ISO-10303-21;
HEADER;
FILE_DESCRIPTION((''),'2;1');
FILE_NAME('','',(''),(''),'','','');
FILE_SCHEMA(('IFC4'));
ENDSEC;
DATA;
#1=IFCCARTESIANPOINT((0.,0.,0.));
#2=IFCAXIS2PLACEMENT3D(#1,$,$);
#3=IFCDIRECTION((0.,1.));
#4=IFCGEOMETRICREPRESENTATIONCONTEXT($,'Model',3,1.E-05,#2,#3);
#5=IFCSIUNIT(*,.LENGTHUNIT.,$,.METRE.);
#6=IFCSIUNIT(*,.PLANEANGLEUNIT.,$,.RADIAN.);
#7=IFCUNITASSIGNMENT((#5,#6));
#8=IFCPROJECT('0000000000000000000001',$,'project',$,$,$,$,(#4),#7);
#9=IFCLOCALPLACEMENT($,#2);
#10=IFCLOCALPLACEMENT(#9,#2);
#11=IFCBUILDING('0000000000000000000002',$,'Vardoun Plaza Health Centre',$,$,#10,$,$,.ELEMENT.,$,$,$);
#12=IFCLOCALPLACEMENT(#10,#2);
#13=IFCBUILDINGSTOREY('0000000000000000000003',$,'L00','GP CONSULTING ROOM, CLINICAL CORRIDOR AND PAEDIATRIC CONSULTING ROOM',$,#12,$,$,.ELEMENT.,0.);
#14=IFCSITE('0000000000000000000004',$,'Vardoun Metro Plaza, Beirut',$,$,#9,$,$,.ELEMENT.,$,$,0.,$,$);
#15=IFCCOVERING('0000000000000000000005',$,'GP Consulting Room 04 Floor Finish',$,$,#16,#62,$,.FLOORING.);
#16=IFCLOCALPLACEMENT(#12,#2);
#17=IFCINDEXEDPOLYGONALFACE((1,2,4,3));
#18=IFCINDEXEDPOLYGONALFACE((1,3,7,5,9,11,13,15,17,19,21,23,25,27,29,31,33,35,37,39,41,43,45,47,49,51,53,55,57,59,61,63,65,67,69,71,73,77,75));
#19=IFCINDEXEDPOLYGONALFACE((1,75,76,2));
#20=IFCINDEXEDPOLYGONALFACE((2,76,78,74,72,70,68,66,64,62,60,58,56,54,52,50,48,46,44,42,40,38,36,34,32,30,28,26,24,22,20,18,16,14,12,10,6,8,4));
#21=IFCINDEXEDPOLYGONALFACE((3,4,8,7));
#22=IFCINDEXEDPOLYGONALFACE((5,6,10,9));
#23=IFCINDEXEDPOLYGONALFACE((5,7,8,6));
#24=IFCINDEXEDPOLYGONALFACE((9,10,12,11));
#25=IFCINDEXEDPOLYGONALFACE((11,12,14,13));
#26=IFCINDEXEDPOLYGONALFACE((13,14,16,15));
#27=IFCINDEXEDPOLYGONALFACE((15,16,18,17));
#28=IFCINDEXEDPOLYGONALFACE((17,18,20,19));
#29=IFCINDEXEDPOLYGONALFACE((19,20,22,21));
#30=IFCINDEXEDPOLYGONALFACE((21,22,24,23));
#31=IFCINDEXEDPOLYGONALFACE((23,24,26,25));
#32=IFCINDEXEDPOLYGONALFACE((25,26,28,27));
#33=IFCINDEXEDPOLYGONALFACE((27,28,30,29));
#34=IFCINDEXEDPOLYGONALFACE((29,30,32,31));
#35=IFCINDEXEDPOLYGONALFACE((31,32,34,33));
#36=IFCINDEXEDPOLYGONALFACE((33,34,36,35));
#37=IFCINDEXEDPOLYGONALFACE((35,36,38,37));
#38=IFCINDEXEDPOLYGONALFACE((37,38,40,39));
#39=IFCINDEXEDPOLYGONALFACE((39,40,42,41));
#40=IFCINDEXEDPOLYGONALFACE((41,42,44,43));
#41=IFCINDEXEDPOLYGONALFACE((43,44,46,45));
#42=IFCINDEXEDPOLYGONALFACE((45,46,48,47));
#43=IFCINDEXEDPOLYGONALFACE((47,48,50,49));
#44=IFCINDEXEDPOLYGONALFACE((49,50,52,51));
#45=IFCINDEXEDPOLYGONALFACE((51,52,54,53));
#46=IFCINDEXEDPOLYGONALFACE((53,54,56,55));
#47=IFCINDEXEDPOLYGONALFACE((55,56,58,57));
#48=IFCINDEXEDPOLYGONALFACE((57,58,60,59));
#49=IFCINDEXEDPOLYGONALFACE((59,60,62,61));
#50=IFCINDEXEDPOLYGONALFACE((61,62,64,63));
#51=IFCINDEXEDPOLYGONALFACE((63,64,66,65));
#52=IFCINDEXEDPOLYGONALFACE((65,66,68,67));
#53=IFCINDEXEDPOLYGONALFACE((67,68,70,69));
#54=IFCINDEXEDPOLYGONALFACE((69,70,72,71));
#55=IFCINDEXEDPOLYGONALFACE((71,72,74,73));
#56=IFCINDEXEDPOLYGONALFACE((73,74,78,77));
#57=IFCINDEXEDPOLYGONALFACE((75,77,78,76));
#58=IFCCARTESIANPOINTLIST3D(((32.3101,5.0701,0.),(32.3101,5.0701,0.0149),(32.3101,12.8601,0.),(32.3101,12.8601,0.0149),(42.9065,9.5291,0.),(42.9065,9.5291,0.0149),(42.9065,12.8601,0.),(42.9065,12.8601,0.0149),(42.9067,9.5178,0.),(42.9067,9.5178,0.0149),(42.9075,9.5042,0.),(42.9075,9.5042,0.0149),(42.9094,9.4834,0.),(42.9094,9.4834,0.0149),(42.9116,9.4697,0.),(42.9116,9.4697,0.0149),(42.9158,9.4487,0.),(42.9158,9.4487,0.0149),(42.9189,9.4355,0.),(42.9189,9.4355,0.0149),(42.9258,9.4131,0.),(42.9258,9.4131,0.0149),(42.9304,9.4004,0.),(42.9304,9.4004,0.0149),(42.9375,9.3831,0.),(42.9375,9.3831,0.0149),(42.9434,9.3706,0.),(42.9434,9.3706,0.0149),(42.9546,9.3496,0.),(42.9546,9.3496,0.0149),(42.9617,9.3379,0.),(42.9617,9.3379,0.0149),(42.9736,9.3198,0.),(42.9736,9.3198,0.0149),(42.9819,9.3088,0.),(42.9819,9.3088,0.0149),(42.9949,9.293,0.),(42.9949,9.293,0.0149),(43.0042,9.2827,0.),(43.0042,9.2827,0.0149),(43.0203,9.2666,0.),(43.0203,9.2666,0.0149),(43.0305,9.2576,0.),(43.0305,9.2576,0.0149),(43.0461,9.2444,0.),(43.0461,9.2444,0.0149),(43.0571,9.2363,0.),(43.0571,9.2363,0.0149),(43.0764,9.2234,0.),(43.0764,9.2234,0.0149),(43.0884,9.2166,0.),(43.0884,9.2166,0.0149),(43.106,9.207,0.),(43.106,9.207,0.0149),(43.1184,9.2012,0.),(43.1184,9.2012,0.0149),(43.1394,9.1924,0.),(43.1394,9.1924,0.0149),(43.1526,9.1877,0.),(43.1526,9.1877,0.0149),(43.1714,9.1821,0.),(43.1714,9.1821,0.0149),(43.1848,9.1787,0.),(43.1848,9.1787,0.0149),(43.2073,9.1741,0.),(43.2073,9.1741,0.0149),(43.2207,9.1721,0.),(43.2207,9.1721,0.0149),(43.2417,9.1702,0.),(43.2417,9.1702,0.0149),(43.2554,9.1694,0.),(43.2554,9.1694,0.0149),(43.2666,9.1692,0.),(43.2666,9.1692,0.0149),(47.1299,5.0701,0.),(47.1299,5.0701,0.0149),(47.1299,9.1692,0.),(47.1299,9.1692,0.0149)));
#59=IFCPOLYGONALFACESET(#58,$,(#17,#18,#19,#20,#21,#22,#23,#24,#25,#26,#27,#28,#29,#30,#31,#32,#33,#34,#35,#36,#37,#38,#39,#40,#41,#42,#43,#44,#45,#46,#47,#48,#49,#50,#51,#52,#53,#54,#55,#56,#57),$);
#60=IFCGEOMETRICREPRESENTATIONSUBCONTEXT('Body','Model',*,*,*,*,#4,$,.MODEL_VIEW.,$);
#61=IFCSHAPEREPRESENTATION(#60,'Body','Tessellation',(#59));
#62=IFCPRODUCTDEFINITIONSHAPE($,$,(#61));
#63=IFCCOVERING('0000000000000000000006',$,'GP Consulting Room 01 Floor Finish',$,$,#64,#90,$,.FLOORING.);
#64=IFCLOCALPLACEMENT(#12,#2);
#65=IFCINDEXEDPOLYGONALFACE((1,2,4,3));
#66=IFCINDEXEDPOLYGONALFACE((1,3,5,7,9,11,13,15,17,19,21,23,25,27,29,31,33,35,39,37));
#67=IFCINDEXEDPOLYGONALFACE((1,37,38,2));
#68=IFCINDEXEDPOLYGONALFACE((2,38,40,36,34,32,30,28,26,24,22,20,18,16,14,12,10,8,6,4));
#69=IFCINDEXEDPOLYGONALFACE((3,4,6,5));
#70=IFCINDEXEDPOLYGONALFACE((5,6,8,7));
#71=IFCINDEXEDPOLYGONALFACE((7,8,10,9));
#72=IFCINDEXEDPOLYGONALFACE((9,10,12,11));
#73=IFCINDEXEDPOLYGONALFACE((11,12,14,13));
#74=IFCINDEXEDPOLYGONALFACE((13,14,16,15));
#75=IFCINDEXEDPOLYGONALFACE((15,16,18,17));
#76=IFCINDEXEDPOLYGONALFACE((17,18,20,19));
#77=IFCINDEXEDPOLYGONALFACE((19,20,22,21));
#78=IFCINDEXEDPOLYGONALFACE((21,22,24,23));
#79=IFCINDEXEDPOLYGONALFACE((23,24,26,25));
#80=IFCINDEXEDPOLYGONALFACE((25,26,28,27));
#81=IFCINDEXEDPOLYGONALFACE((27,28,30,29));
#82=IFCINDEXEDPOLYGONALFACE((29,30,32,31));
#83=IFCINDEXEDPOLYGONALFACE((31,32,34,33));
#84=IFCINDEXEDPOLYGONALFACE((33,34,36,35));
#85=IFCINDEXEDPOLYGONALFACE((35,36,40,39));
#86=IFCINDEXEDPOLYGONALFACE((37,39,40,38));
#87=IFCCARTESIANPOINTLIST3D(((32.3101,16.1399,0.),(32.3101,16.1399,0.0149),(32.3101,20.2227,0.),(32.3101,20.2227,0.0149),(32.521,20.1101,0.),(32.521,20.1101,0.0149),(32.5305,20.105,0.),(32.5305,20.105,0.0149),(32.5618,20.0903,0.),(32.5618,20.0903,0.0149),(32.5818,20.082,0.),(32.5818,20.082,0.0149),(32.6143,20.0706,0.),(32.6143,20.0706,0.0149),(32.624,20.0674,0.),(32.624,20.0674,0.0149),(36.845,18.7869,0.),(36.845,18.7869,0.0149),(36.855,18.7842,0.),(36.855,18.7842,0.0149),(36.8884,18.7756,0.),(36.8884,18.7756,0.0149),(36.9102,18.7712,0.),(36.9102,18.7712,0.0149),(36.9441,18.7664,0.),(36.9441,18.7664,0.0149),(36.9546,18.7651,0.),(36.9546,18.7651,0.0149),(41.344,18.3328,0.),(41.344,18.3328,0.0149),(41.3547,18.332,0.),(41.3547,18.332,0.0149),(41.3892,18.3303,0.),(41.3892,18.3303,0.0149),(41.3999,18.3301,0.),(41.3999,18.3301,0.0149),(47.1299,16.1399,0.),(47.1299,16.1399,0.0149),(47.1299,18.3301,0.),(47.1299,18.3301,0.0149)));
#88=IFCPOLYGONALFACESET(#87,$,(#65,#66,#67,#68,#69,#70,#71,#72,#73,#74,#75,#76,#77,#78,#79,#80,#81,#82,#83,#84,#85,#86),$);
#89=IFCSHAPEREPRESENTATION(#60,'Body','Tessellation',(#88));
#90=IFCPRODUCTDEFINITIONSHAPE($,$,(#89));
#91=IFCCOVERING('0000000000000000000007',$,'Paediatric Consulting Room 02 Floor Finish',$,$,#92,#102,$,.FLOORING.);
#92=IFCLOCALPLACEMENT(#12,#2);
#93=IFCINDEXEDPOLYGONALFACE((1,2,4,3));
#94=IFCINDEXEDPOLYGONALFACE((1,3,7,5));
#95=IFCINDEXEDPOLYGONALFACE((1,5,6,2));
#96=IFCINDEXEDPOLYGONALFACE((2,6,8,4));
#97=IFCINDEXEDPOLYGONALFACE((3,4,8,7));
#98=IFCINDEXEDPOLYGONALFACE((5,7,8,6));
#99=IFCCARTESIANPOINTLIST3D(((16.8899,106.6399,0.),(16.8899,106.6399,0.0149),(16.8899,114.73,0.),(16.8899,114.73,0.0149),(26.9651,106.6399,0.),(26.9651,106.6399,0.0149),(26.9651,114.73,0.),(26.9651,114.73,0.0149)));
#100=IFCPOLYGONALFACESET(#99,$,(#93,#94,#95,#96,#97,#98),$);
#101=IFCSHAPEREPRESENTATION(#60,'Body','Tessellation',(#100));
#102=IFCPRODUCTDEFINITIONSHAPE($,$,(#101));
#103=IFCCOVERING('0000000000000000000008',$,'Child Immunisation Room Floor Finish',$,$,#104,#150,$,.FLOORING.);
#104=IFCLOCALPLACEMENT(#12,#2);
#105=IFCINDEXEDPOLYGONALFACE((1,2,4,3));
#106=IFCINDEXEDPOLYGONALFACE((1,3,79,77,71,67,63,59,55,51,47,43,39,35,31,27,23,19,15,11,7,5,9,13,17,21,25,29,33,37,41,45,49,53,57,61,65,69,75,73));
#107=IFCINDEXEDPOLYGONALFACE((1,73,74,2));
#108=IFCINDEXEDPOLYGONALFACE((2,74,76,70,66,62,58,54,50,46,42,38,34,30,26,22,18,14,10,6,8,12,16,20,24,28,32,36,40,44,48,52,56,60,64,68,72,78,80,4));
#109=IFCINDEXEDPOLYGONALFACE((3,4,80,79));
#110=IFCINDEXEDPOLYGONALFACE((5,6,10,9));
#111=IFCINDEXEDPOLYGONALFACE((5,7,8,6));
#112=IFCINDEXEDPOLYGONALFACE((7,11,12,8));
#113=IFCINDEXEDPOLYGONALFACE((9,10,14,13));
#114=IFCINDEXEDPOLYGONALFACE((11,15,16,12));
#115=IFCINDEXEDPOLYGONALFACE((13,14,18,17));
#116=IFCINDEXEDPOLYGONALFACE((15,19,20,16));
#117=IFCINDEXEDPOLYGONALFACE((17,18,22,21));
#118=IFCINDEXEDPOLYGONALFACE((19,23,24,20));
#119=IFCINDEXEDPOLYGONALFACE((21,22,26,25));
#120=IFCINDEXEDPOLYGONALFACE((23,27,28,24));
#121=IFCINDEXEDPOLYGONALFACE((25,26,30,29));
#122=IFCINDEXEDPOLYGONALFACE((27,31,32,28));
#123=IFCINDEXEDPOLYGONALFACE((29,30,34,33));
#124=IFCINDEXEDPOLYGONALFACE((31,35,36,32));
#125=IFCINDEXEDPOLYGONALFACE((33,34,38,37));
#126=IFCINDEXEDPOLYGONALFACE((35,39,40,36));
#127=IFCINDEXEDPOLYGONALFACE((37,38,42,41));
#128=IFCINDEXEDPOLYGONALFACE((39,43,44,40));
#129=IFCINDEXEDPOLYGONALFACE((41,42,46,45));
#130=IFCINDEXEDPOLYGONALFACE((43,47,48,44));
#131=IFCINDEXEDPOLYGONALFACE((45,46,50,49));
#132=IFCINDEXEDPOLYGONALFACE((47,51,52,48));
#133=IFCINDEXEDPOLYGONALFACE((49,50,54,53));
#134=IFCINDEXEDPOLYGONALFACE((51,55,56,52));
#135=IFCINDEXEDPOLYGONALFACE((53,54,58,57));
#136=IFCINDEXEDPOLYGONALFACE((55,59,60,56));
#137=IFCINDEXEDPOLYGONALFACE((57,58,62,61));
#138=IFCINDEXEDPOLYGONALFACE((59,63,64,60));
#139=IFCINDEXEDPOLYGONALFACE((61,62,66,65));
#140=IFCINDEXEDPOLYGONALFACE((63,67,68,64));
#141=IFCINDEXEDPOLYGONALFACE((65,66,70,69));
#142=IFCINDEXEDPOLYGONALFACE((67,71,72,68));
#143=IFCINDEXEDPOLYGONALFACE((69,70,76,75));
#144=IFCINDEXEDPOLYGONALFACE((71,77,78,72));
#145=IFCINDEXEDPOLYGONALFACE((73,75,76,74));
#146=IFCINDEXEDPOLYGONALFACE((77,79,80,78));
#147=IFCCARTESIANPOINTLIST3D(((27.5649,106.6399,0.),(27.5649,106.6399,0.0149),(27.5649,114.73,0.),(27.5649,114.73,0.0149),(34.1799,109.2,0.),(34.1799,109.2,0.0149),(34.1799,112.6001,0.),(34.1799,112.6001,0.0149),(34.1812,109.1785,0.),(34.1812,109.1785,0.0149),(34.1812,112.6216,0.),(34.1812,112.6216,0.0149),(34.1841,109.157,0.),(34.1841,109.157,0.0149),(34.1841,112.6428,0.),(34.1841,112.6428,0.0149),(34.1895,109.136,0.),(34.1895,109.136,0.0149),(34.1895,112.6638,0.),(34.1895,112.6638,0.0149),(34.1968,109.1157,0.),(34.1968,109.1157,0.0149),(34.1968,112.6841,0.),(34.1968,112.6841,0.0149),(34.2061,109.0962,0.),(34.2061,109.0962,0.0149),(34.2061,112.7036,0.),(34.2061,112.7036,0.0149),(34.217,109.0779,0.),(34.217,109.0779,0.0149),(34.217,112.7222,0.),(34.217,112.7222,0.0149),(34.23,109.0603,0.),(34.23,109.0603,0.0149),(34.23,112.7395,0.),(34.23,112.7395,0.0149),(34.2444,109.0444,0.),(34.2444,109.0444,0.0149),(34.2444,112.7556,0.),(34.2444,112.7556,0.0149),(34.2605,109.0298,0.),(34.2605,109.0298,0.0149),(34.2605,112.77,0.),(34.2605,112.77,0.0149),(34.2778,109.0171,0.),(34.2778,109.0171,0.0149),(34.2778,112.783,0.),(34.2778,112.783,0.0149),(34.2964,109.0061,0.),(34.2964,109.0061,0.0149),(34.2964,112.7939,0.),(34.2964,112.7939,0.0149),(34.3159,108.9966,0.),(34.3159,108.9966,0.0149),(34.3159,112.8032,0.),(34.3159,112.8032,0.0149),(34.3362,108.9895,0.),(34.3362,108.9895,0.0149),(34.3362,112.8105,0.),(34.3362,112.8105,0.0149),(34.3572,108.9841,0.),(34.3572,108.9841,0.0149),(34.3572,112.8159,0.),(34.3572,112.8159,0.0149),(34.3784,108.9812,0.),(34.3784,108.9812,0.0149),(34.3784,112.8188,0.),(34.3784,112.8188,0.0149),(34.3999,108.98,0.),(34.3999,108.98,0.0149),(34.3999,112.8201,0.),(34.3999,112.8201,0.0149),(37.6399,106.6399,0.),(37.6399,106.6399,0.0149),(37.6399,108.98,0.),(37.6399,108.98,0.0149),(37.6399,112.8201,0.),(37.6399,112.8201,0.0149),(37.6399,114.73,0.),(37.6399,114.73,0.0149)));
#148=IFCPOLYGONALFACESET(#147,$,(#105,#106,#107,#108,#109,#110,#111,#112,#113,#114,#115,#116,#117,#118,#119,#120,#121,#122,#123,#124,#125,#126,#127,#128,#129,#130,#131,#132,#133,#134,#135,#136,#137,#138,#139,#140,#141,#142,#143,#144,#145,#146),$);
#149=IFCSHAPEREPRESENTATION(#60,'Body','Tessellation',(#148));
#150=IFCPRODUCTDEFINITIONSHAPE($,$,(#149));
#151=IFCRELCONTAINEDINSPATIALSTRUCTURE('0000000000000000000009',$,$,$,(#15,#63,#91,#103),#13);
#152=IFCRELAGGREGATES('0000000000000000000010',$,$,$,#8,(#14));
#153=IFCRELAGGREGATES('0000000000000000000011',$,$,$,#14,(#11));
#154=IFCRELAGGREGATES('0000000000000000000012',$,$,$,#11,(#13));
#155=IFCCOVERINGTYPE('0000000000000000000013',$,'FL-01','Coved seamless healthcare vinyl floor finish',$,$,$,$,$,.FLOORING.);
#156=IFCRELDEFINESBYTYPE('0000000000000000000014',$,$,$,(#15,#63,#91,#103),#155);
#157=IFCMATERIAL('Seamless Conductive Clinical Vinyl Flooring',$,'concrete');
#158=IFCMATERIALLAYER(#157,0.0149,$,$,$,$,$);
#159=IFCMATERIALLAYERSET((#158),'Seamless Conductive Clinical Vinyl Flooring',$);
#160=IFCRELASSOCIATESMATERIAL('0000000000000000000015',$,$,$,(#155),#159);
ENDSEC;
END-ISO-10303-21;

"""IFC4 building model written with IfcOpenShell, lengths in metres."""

from ifc_helpers import new_model, si_unit, direction, origin, place, context, subcontext, project, spatial, polyline, outline, extrude, material, layer, layer_set, type_object, element, save


model = new_model("IFC4")

# Units and contexts
model_context = context("Model", 3, precision=1e-05, world=origin(), true_north=direction((0.0, 1.0)))
body_context = subcontext(model_context, "Body", "Model", "MODEL_VIEW")
ifc_project = project(units=[si_unit("LENGTHUNIT", "METRE"), si_unit("PLANEANGLEUNIT", "RADIAN")], contexts=[model_context])

# Site, building, storey
site_placement = place(None, origin())
site = spatial("IfcSite", under=ifc_project, at=site_placement, Name="Vardoun Metro Plaza, Beirut", CompositionType="ELEMENT", RefElevation=0.0)
building_placement = place(site_placement, origin())
building = spatial("IfcBuilding", under=site, at=building_placement, Name="Vardoun Plaza Health Centre", CompositionType="ELEMENT")
storey_placement = place(building_placement, origin())
storey = spatial("IfcBuildingStorey", under=building, at=storey_placement, Name="L00", Description="GP CONSULTING ROOM, CLINICAL CORRIDOR AND PAEDIATRIC CONSULTING ROOM", CompositionType="ELEMENT", Elevation=0.0)

# Coverings
ifc_material_1 = material(Name="Seamless Conductive Clinical Vinyl Flooring", Category="concrete")
ifc_layer_1 = layer(ifc_material_1, 0.0149)
ifc_layer_set_1 = layer_set([ifc_layer_1], Name="Seamless Conductive Clinical Vinyl Flooring")
covering_type_1 = type_object("IfcCoveringType", Name="FL-01", Description="Coved seamless healthcare vinyl floor finish", PredefinedType="FLOORING", material=ifc_layer_set_1)
covering_1_placement = place(storey_placement, origin())
element("IfcCovering", 1, at=covering_1_placement, inside=storey, type_object=covering_type_1, Name="GP Consulting Room 04 Floor Finish", PredefinedType="FLOORING", context=body_context, shape_type="SweptSolid", body=[
    extrude(outline(polyline([(32.3101, 12.8601), (42.9065, 12.8601), (42.9065, 9.5291), (42.9067, 9.5178), (42.9075, 9.5042), (42.9094, 9.4834), (42.9116, 9.4697), (42.9158, 9.4487), (42.9189, 9.4355), (42.9258, 9.4131), (42.9304, 9.4004), (42.9375, 9.3831), (42.9434, 9.3706), (42.9546, 9.3496), (42.9617, 9.3379), (42.9736, 9.3198), (42.9819, 9.3088), (42.9949, 9.293), (43.0042, 9.2827), (43.0203, 9.2666), (43.0305, 9.2576), (43.0461, 9.2444), (43.0571, 9.2363), (43.0764, 9.2234), (43.0884, 9.2166), (43.106, 9.207), (43.1184, 9.2012), (43.1394, 9.1924), (43.1526, 9.1877), (43.1714, 9.1821), (43.1848, 9.1787), (43.2073, 9.1741), (43.2207, 9.1721), (43.2417, 9.1702), (43.2554, 9.1694), (43.2666, 9.1692), (47.1299, 9.1692), (47.1299, 5.0701), (32.3101, 5.0701), (32.3101, 12.8601)])), origin(), (0.0, 0.0, 1.0), 0.0149),
])
covering_2_placement = place(storey_placement, origin())
element("IfcCovering", 2, at=covering_2_placement, inside=storey, type_object=covering_type_1, Name="GP Consulting Room 01 Floor Finish", PredefinedType="FLOORING", context=body_context, shape_type="SweptSolid", body=[
    extrude(outline(polyline([(32.521, 20.1101), (32.5305, 20.105), (32.5618, 20.0903), (32.5818, 20.082), (32.6143, 20.0706), (32.624, 20.0674), (36.845, 18.7869), (36.855, 18.7842), (36.8884, 18.7756), (36.9102, 18.7712), (36.9441, 18.7664), (36.9546, 18.7651), (41.344, 18.3328), (41.3547, 18.332), (41.3892, 18.3303), (41.3999, 18.3301), (47.1299, 18.3301), (47.1299, 16.1399), (32.3101, 16.1399), (32.3101, 20.2227), (32.521, 20.1101)])), origin(), (0.0, 0.0, 1.0), 0.0149),
])
covering_3_placement = place(storey_placement, origin())
element("IfcCovering", 3, at=covering_3_placement, inside=storey, type_object=covering_type_1, Name="Paediatric Consulting Room 02 Floor Finish", PredefinedType="FLOORING", context=body_context, shape_type="SweptSolid", body=[
    extrude(outline(polyline([(16.8899, 114.73), (26.9651, 114.73), (26.9651, 106.6399), (16.8899, 106.6399), (16.8899, 114.73)])), origin(), (0.0, 0.0, 1.0), 0.0149),
])
covering_4_placement = place(storey_placement, origin())
element("IfcCovering", 4, at=covering_4_placement, inside=storey, type_object=covering_type_1, Name="Child Immunisation Room Floor Finish", PredefinedType="FLOORING", context=body_context, shape_type="SweptSolid", body=[
    extrude(outline(polyline([(37.6399, 114.73), (37.6399, 112.8201), (34.3999, 112.8201), (34.3784, 112.8188), (34.3572, 112.8159), (34.3362, 112.8105), (34.3159, 112.8032), (34.2964, 112.7939), (34.2778, 112.783), (34.2605, 112.77), (34.2444, 112.7556), (34.23, 112.7395), (34.217, 112.7222), (34.2061, 112.7036), (34.1968, 112.6841), (34.1895, 112.6638), (34.1841, 112.6428), (34.1812, 112.6216), (34.1799, 112.6001), (34.1799, 109.2), (34.1812, 109.1785), (34.1841, 109.157), (34.1895, 109.136), (34.1968, 109.1157), (34.2061, 109.0962), (34.217, 109.0779), (34.23, 109.0603), (34.2444, 109.0444), (34.2605, 109.0298), (34.2778, 109.0171), (34.2964, 109.0061), (34.3159, 108.9966), (34.3362, 108.9895), (34.3572, 108.9841), (34.3784, 108.9812), (34.3999, 108.98), (37.6399, 108.98), (37.6399, 106.6399), (27.5649, 106.6399), (27.5649, 114.73), (37.6399, 114.73)])), origin(), (0.0, 0.0, 1.0), 0.0149),
])

save(model, "model.ifc")
